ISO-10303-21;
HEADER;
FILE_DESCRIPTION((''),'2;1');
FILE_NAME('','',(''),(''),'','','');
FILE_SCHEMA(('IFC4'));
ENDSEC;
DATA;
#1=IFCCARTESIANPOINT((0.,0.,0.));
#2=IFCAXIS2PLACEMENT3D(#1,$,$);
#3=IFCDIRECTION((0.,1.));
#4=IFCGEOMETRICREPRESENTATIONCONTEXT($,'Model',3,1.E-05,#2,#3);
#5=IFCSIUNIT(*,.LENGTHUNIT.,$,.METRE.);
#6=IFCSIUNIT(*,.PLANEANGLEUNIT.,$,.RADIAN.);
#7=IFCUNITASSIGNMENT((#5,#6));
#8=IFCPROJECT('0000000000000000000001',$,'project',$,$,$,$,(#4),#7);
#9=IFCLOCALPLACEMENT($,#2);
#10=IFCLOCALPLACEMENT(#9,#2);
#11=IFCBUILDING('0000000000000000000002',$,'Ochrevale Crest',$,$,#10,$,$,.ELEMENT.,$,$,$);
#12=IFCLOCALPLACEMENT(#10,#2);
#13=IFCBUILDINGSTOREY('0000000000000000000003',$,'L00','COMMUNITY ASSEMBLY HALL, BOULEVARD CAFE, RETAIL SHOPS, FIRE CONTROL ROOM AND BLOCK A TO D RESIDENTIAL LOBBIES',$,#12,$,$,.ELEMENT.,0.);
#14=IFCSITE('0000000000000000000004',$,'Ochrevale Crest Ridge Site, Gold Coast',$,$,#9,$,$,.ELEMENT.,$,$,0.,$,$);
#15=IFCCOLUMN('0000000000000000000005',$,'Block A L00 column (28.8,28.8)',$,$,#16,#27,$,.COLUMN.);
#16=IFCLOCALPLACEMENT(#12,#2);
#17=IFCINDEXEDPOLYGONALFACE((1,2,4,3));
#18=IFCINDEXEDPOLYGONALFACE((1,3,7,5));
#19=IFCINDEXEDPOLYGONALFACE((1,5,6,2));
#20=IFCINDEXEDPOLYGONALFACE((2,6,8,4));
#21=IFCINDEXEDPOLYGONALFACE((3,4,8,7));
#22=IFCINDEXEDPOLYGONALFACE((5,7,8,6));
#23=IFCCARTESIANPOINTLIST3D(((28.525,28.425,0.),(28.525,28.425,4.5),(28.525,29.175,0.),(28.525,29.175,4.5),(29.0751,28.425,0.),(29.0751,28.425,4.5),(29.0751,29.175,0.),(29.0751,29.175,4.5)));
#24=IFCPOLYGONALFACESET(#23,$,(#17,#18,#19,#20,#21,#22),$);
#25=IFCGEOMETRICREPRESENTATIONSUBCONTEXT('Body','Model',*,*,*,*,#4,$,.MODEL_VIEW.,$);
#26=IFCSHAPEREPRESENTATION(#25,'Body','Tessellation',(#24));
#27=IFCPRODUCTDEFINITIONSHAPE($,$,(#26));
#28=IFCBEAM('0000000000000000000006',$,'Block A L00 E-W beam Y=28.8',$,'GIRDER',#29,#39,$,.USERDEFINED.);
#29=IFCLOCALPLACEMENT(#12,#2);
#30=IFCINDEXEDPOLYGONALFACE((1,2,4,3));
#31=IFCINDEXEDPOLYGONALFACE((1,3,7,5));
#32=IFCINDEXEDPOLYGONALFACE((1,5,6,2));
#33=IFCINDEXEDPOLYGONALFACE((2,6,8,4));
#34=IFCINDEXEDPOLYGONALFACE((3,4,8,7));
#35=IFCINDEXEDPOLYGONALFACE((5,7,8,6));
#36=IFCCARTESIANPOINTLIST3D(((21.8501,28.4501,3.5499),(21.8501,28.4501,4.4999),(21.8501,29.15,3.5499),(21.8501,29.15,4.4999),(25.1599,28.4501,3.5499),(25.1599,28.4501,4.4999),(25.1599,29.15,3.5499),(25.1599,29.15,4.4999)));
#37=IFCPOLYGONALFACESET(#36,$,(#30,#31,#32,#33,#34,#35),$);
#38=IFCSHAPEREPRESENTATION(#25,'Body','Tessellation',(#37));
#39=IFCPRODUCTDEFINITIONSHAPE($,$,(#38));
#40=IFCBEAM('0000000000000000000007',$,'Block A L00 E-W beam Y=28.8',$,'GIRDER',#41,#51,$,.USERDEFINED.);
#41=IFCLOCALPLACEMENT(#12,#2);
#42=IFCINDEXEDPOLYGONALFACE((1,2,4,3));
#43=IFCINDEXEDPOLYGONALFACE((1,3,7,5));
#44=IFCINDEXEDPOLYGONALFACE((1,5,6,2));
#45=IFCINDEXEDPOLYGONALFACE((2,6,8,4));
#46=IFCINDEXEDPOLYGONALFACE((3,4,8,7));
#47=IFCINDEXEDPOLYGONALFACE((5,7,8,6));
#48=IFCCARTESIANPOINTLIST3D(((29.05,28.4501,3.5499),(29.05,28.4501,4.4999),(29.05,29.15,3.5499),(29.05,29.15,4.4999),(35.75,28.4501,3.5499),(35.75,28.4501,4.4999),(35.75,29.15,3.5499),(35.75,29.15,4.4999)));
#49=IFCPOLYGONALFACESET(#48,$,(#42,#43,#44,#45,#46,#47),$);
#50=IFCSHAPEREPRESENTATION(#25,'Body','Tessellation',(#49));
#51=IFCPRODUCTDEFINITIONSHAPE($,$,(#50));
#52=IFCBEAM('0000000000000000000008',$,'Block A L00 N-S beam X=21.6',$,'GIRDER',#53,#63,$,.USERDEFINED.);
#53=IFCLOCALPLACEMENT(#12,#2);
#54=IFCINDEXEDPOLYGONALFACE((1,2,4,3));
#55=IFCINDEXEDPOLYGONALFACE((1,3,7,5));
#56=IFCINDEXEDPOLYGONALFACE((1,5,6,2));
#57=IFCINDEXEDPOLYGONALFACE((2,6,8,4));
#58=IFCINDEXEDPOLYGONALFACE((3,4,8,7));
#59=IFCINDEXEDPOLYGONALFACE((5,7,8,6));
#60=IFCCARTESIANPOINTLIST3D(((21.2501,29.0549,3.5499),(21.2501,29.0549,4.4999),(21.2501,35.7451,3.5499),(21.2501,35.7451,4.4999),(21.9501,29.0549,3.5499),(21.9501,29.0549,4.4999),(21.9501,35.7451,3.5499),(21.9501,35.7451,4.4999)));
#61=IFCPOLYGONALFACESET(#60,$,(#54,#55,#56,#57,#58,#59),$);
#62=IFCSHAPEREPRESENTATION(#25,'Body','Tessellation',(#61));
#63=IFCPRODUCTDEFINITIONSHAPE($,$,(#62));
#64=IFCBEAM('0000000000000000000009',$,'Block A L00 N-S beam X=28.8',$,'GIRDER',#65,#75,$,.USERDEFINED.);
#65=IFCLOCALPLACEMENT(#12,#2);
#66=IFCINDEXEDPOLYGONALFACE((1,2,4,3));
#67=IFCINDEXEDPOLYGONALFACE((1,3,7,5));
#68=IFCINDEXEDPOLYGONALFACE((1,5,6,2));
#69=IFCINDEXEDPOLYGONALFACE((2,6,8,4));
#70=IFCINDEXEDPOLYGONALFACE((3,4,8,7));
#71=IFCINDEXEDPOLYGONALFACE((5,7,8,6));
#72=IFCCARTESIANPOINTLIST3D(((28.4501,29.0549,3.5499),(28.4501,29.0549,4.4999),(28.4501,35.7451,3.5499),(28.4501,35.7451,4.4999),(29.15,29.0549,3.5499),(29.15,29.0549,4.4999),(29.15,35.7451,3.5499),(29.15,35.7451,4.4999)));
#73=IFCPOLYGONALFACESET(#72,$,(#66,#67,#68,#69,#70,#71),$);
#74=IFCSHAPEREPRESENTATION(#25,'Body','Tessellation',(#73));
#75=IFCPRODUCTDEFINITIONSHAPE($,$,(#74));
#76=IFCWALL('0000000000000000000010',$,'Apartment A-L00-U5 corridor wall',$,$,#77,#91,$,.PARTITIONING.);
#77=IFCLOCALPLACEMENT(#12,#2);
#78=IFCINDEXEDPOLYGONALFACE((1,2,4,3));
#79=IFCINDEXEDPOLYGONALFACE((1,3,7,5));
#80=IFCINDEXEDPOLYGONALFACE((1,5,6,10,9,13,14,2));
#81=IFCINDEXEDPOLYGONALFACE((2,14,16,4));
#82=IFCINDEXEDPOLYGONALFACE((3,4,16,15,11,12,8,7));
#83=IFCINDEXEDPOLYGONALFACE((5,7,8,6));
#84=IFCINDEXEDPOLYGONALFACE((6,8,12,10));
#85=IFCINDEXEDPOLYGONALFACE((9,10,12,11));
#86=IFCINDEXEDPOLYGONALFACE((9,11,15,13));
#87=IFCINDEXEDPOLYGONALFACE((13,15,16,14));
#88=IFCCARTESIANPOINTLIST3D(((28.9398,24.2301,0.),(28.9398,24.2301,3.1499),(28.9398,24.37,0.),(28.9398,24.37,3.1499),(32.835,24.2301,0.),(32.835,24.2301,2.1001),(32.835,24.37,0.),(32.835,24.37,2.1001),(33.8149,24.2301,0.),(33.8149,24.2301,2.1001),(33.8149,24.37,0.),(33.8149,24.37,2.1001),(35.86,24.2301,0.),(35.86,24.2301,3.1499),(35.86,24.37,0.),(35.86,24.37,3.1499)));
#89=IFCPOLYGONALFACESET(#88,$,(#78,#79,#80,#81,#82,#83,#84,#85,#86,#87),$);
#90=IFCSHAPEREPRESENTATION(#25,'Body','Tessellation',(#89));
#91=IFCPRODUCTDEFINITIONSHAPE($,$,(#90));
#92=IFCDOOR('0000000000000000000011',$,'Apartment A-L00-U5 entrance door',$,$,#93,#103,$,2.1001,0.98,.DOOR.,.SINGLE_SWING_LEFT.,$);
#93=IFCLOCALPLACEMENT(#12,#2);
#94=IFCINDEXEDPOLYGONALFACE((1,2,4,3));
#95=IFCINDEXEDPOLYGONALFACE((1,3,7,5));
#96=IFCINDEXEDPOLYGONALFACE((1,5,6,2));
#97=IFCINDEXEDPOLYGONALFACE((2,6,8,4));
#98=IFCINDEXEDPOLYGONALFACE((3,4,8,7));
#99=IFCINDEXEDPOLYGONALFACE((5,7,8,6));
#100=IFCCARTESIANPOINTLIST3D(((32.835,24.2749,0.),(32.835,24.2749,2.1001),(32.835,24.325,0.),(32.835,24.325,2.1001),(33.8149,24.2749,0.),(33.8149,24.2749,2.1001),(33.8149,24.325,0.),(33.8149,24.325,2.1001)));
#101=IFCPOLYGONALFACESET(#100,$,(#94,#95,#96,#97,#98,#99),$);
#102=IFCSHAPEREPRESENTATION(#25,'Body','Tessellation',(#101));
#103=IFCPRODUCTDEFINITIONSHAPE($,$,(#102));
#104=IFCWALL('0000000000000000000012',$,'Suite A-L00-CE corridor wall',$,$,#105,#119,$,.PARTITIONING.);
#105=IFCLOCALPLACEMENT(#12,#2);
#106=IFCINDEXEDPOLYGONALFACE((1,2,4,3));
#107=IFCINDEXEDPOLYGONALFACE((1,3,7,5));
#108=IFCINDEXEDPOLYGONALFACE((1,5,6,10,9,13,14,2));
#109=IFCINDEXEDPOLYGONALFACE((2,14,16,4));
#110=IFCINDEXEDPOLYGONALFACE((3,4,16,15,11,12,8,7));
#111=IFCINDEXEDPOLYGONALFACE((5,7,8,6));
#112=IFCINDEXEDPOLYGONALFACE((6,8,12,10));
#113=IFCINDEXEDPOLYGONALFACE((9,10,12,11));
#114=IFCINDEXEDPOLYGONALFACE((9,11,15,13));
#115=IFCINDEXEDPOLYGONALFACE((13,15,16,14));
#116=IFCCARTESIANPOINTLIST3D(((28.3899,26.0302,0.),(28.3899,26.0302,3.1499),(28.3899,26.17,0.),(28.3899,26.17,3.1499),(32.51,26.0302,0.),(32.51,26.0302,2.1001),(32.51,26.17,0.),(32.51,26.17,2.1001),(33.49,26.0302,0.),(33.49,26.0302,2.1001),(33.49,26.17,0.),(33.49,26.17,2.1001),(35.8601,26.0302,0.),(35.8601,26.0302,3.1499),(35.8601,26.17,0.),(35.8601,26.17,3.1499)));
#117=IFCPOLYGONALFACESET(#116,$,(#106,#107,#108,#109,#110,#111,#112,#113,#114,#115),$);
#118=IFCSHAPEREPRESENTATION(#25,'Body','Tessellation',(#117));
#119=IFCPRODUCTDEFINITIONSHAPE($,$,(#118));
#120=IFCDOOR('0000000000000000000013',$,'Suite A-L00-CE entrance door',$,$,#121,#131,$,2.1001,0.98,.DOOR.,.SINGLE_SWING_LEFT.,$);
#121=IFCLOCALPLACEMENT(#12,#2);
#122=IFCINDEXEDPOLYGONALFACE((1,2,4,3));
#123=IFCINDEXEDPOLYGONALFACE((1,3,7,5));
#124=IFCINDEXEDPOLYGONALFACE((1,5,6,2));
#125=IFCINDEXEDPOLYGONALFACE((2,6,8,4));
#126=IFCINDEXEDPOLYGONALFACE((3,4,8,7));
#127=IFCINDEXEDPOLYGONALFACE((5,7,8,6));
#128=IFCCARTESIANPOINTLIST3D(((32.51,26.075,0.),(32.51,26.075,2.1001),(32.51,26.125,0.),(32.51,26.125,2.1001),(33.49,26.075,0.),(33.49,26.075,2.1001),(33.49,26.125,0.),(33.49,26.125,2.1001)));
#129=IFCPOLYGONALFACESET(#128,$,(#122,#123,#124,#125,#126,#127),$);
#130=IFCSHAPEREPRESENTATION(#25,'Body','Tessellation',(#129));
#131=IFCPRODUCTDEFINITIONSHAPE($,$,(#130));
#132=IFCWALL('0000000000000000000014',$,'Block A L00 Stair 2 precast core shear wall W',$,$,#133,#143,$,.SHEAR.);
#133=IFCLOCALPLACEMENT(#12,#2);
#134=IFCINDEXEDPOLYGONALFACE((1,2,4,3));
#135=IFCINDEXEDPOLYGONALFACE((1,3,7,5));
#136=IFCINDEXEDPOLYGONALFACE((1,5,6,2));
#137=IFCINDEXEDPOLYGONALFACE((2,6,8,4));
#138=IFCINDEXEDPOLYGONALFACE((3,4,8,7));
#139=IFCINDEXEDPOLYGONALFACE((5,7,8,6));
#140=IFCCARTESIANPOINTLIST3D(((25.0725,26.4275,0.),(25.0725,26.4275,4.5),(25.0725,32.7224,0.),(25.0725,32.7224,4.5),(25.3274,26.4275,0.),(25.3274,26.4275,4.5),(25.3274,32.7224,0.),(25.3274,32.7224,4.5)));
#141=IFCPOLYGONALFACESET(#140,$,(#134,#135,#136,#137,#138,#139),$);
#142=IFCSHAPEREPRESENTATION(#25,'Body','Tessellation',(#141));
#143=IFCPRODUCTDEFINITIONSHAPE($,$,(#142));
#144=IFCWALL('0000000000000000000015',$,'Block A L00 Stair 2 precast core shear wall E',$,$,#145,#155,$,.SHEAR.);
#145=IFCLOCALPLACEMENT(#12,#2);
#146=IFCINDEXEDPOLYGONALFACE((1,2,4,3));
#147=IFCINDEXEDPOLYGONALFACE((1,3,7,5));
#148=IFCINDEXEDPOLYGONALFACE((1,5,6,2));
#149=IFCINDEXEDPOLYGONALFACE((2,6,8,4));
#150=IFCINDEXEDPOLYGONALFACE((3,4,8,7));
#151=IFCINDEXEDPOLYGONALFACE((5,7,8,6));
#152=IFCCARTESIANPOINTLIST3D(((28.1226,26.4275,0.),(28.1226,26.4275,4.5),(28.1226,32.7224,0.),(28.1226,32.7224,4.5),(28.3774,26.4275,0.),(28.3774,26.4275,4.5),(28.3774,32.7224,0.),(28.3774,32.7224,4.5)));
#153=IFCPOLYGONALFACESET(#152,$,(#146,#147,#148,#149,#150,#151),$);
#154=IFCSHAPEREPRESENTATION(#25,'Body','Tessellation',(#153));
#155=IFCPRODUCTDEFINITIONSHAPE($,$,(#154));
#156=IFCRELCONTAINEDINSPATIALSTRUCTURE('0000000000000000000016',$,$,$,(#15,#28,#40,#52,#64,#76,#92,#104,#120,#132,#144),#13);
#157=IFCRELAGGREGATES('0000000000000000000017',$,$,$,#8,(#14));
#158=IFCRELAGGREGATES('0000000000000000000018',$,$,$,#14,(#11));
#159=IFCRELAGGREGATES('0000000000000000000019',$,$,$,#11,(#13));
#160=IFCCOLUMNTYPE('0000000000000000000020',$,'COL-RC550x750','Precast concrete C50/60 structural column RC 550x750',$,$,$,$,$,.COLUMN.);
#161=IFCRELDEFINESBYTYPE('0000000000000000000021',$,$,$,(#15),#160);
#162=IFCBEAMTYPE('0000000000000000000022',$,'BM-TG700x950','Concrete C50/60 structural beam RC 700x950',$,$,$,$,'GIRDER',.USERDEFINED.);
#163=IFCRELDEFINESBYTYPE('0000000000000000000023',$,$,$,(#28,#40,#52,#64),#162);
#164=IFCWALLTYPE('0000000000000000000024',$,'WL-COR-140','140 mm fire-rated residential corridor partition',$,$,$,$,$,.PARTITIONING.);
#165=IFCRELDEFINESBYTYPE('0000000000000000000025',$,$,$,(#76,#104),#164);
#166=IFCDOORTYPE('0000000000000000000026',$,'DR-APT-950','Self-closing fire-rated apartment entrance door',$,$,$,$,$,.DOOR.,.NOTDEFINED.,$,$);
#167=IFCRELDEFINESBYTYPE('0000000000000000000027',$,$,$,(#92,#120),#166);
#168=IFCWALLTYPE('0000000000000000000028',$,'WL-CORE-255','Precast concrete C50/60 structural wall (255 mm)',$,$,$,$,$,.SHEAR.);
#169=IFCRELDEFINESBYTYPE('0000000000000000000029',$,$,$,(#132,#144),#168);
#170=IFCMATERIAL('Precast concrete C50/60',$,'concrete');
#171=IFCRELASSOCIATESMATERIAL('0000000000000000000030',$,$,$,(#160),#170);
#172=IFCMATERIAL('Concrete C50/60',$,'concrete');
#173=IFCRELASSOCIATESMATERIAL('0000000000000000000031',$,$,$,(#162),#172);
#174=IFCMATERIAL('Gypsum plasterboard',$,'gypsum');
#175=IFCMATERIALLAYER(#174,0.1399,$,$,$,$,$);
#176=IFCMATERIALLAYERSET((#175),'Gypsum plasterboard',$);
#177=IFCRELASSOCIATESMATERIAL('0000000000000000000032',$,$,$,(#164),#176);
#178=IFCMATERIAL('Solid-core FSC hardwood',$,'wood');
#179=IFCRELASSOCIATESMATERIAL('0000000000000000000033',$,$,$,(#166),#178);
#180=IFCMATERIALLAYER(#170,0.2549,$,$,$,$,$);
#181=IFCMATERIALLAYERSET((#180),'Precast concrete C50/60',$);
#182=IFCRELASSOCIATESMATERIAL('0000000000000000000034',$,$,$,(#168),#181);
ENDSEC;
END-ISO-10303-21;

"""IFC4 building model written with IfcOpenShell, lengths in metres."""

from ifc_helpers import new_model, si_unit, direction, frame, frame_2d, origin, origin_2d, place, context, subcontext, project, spatial, rectangle, extrude, material, layer, layer_set, material_profile, profile_set, type_object, element, fill, save


model = new_model("IFC4")

# Units and contexts
model_context = context("Model", 3, precision=1e-05, world=origin(), true_north=direction((0.0, 1.0)))
body_context = subcontext(model_context, "Body", "Model", "MODEL_VIEW")
ifc_project = project(units=[si_unit("LENGTHUNIT", "METRE"), si_unit("PLANEANGLEUNIT", "RADIAN")], contexts=[model_context])

# Site, building, storey
site_placement = place(None, origin())
site = spatial("IfcSite", under=ifc_project, at=site_placement, Name="Ochrevale Crest Ridge Site, Gold Coast", CompositionType="ELEMENT", RefElevation=0.0)
building_placement = place(site_placement, origin())
building = spatial("IfcBuilding", under=site, at=building_placement, Name="Ochrevale Crest", CompositionType="ELEMENT")
storey_placement = place(building_placement, origin())
storey = spatial("IfcBuildingStorey", under=building, at=storey_placement, Name="L00", Description="COMMUNITY ASSEMBLY HALL, BOULEVARD CAFE, RETAIL SHOPS, FIRE CONTROL ROOM AND BLOCK A TO D RESIDENTIAL LOBBIES", CompositionType="ELEMENT", Elevation=0.0)

# Column
ifc_material_1 = material(Name="Precast concrete C50/60", Category="concrete")
ifc_material_profile_1 = material_profile(ifc_material_1, rectangle(XDim=0.55, YDim=0.75, at=origin_2d()), Name="RC 550x750")
ifc_profile_set_1 = profile_set([ifc_material_profile_1], Name="Precast concrete C50/60")
column_type = type_object("IfcColumnType", Name="COL-RC550x750", Description="Precast concrete C50/60 structural column RC 550x750", PredefinedType="COLUMN", material=ifc_profile_set_1)
column_placement = place(storey_placement, frame((28.8, 28.8, 0.0), z_axis=(0.0, 0.0, 1.0), x_axis=(1.0, 0.0, 0.0)))
element("IfcColumn", 1, at=column_placement, inside=storey, type_object=column_type, Name="Block A L00 column (28.8,28.8)", PredefinedType="COLUMN", context=body_context, shape_type="SweptSolid", body=[
    extrude(rectangle(XDim=0.55, YDim=0.75, at=origin_2d()), origin(), (0.0, 0.0, 1.0), 4.5),
])

# Beams
ifc_material_2 = material(Name="Concrete C50/60", Category="concrete")
ifc_material_profile_2 = material_profile(ifc_material_2, rectangle(XDim=0.7, YDim=0.95, at=origin_2d()), Name="RC 700x950")
ifc_profile_set_2 = profile_set([ifc_material_profile_2], Name="Concrete C50/60")
beam_type = type_object("IfcBeamType", Name="BM-TG700x950", Description="Concrete C50/60 structural beam RC 700x950", ElementType="GIRDER", PredefinedType="USERDEFINED", material=ifc_profile_set_2)
beam_1_placement = place(storey_placement, frame((21.8501, 28.8, 4.0249), z_axis=(1.0, 0.0, 0.0), x_axis=(0.0, 1.0, 0.0)))
element("IfcBeam", 2, at=beam_1_placement, inside=storey, type_object=beam_type, Name="Block A L00 E-W beam Y=28.8", ObjectType="GIRDER", PredefinedType="USERDEFINED", context=body_context, shape_type="SweptSolid", body=[
    extrude(rectangle(XDim=0.7, YDim=0.95, at=origin_2d()), origin(), (0.0, 0.0, 1.0), 3.3098),
])
beam_2_placement = place(storey_placement, frame((29.05, 28.8, 4.0249), z_axis=(1.0, 0.0, 0.0), x_axis=(0.0, 1.0, 0.0)))
element("IfcBeam", 3, at=beam_2_placement, inside=storey, type_object=beam_type, Name="Block A L00 E-W beam Y=28.8", ObjectType="GIRDER", PredefinedType="USERDEFINED", context=body_context, shape_type="SweptSolid", body=[
    extrude(rectangle(XDim=0.7, YDim=0.95, at=origin_2d()), origin(), (0.0, 0.0, 1.0), 6.7),
])
for number, where, z_axis, x_axis, name in (
    (4, (21.6001, 29.0549, 4.0249), (0.0, 1.0, 0.0), (-1.0, 0.0, 0.0), "Block A L00 N-S beam X=21.6"),
    (5, (28.8, 29.0549, 4.0249), (0.0, 1.0, 0.0), (-1.0, 0.0, 0.0), "Block A L00 N-S beam X=28.8"),
):
    element("IfcBeam", number, at=place(storey_placement, frame(where, z_axis=z_axis, x_axis=x_axis)), inside=storey, type_object=beam_type, Name=name, ObjectType="GIRDER", PredefinedType="USERDEFINED", context=body_context, shape_type="SweptSolid", body=[
        extrude(rectangle(XDim=0.7, YDim=0.95, at=origin_2d()), origin(), (0.0, 0.0, 1.0), 6.6902),
    ])

# Walls, openings, doors
ifc_material_3 = material(Name="Gypsum plasterboard", Category="gypsum")
ifc_layer_1 = layer(ifc_material_3, 0.1399)
ifc_layer_set_1 = layer_set([ifc_layer_1], Name="Gypsum plasterboard")
wall_type_1 = type_object("IfcWallType", Name="WL-COR-140", Description="140 mm fire-rated residential corridor partition", PredefinedType="PARTITIONING", material=ifc_layer_set_1)
wall_1_placement = place(storey_placement, frame((28.9399, 24.3, 0.0), z_axis=(0.0, 0.0, 1.0), x_axis=(1.0, 0.0, 0.0)))
wall_1 = element("IfcWall", 6, at=wall_1_placement, inside=storey, type_object=wall_type_1, Name="Apartment A-L00-U5 corridor wall", PredefinedType="PARTITIONING", context=body_context, shape_type="SweptSolid", body=[
    extrude(rectangle(XDim=6.9202, YDim=0.1399, at=frame_2d((3.46, 0.0))), origin(), (0.0, 0.0, 1.0), 3.1499),
])
opening_1_placement = place(wall_1_placement, frame((3.895, 0.0, 0.0)))
opening_1 = element("IfcOpeningElement", 7, at=opening_1_placement, cuts=wall_1, PredefinedType="OPENING", context=body_context, shape_type="SweptSolid", body=[
    extrude(rectangle(XDim=0.98, YDim=2.1001, at=frame_2d((0.49, 1.05))), frame((0.0, 0.0801, 0.0), z_axis=(0.0, -1.0, 0.0), x_axis=(1.0, 0.0, 0.0)), (0.0, 0.0, 1.0), 0.1599),
])
ifc_material_4 = material(Name="Solid-core FSC hardwood", Category="wood")
door_type_1 = type_object("IfcDoorType", Name="DR-APT-950", Description="Self-closing fire-rated apartment entrance door", OperationType="NOTDEFINED", PredefinedType="DOOR", material=ifc_material_4)
door_1_placement = place(opening_1_placement, origin())
door_1 = element("IfcDoor", 8, at=door_1_placement, inside=storey, type_object=door_type_1, Name="Apartment A-L00-U5 entrance door", OperationType="SINGLE_SWING_LEFT", OverallHeight=2.1001, OverallWidth=0.98, PredefinedType="DOOR", context=body_context, shape_type="SweptSolid", body=[
    extrude(rectangle(XDim=0.98, YDim=2.1001, at=frame_2d((0.49, 1.05))), frame((0.0, 0.0249, 0.0), z_axis=(0.0, -1.0, 0.0), x_axis=(1.0, 0.0, 0.0)), (0.0, 0.0, 1.0), 0.05),
])
fill(opening_1, door_1)
wall_2_placement = place(storey_placement, frame((28.3899, 26.1001, 0.0), z_axis=(0.0, 0.0, 1.0), x_axis=(1.0, 0.0, 0.0)))
wall_2 = element("IfcWall", 9, at=wall_2_placement, inside=storey, type_object=wall_type_1, Name="Suite A-L00-CE corridor wall", PredefinedType="PARTITIONING", context=body_context, shape_type="SweptSolid", body=[
    extrude(rectangle(XDim=7.4702, YDim=0.1399, at=frame_2d((3.7351, 0.0))), origin(), (0.0, 0.0, 1.0), 3.1499),
])
opening_2_placement = place(wall_2_placement, frame((4.1201, 0.0, 0.0)))
opening_2 = element("IfcOpeningElement", 10, at=opening_2_placement, cuts=wall_2, PredefinedType="OPENING", context=body_context, shape_type="SweptSolid", body=[
    extrude(rectangle(XDim=0.98, YDim=2.1001, at=frame_2d((0.49, 1.05))), frame((0.0, 0.0801, 0.0), z_axis=(0.0, -1.0, 0.0), x_axis=(1.0, 0.0, 0.0)), (0.0, 0.0, 1.0), 0.1599),
])
door_2_placement = place(opening_2_placement, origin())
door_2 = element("IfcDoor", 11, at=door_2_placement, inside=storey, type_object=door_type_1, Name="Suite A-L00-CE entrance door", OperationType="SINGLE_SWING_LEFT", OverallHeight=2.1001, OverallWidth=0.98, PredefinedType="DOOR", context=body_context, shape_type="SweptSolid", body=[
    extrude(rectangle(XDim=0.98, YDim=2.1001, at=frame_2d((0.49, 1.05))), frame((0.0, 0.0249, 0.0), z_axis=(0.0, -1.0, 0.0), x_axis=(1.0, 0.0, 0.0)), (0.0, 0.0, 1.0), 0.05),
])
fill(opening_2, door_2)
ifc_layer_2 = layer(ifc_material_1, 0.2549)
ifc_layer_set_2 = layer_set([ifc_layer_2], Name="Precast concrete C50/60")
wall_type_2 = type_object("IfcWallType", Name="WL-CORE-255", Description="Precast concrete C50/60 structural wall (255 mm)", PredefinedType="SHEAR", material=ifc_layer_set_2)

# Walls
for number, where, z_axis, x_axis, name in (
    (12, (25.2, 26.4275, 0.0), (0.0, 0.0, 1.0), (0.0, 1.0, 0.0), "Block A L00 Stair 2 precast core shear wall W"),
    (13, (28.25, 26.4275, 0.0), (0.0, 0.0, 1.0), (0.0, 1.0, 0.0), "Block A L00 Stair 2 precast core shear wall E"),
):
    element("IfcWall", number, at=place(storey_placement, frame(where, z_axis=z_axis, x_axis=x_axis)), inside=storey, type_object=wall_type_2, Name=name, PredefinedType="SHEAR", context=body_context, shape_type="SweptSolid", body=[
        extrude(rectangle(XDim=6.2949, YDim=0.2549, at=frame_2d((3.1475, 0.0))), origin(), (0.0, 0.0, 1.0), 4.5),
    ])

save(model, "model.ifc")
